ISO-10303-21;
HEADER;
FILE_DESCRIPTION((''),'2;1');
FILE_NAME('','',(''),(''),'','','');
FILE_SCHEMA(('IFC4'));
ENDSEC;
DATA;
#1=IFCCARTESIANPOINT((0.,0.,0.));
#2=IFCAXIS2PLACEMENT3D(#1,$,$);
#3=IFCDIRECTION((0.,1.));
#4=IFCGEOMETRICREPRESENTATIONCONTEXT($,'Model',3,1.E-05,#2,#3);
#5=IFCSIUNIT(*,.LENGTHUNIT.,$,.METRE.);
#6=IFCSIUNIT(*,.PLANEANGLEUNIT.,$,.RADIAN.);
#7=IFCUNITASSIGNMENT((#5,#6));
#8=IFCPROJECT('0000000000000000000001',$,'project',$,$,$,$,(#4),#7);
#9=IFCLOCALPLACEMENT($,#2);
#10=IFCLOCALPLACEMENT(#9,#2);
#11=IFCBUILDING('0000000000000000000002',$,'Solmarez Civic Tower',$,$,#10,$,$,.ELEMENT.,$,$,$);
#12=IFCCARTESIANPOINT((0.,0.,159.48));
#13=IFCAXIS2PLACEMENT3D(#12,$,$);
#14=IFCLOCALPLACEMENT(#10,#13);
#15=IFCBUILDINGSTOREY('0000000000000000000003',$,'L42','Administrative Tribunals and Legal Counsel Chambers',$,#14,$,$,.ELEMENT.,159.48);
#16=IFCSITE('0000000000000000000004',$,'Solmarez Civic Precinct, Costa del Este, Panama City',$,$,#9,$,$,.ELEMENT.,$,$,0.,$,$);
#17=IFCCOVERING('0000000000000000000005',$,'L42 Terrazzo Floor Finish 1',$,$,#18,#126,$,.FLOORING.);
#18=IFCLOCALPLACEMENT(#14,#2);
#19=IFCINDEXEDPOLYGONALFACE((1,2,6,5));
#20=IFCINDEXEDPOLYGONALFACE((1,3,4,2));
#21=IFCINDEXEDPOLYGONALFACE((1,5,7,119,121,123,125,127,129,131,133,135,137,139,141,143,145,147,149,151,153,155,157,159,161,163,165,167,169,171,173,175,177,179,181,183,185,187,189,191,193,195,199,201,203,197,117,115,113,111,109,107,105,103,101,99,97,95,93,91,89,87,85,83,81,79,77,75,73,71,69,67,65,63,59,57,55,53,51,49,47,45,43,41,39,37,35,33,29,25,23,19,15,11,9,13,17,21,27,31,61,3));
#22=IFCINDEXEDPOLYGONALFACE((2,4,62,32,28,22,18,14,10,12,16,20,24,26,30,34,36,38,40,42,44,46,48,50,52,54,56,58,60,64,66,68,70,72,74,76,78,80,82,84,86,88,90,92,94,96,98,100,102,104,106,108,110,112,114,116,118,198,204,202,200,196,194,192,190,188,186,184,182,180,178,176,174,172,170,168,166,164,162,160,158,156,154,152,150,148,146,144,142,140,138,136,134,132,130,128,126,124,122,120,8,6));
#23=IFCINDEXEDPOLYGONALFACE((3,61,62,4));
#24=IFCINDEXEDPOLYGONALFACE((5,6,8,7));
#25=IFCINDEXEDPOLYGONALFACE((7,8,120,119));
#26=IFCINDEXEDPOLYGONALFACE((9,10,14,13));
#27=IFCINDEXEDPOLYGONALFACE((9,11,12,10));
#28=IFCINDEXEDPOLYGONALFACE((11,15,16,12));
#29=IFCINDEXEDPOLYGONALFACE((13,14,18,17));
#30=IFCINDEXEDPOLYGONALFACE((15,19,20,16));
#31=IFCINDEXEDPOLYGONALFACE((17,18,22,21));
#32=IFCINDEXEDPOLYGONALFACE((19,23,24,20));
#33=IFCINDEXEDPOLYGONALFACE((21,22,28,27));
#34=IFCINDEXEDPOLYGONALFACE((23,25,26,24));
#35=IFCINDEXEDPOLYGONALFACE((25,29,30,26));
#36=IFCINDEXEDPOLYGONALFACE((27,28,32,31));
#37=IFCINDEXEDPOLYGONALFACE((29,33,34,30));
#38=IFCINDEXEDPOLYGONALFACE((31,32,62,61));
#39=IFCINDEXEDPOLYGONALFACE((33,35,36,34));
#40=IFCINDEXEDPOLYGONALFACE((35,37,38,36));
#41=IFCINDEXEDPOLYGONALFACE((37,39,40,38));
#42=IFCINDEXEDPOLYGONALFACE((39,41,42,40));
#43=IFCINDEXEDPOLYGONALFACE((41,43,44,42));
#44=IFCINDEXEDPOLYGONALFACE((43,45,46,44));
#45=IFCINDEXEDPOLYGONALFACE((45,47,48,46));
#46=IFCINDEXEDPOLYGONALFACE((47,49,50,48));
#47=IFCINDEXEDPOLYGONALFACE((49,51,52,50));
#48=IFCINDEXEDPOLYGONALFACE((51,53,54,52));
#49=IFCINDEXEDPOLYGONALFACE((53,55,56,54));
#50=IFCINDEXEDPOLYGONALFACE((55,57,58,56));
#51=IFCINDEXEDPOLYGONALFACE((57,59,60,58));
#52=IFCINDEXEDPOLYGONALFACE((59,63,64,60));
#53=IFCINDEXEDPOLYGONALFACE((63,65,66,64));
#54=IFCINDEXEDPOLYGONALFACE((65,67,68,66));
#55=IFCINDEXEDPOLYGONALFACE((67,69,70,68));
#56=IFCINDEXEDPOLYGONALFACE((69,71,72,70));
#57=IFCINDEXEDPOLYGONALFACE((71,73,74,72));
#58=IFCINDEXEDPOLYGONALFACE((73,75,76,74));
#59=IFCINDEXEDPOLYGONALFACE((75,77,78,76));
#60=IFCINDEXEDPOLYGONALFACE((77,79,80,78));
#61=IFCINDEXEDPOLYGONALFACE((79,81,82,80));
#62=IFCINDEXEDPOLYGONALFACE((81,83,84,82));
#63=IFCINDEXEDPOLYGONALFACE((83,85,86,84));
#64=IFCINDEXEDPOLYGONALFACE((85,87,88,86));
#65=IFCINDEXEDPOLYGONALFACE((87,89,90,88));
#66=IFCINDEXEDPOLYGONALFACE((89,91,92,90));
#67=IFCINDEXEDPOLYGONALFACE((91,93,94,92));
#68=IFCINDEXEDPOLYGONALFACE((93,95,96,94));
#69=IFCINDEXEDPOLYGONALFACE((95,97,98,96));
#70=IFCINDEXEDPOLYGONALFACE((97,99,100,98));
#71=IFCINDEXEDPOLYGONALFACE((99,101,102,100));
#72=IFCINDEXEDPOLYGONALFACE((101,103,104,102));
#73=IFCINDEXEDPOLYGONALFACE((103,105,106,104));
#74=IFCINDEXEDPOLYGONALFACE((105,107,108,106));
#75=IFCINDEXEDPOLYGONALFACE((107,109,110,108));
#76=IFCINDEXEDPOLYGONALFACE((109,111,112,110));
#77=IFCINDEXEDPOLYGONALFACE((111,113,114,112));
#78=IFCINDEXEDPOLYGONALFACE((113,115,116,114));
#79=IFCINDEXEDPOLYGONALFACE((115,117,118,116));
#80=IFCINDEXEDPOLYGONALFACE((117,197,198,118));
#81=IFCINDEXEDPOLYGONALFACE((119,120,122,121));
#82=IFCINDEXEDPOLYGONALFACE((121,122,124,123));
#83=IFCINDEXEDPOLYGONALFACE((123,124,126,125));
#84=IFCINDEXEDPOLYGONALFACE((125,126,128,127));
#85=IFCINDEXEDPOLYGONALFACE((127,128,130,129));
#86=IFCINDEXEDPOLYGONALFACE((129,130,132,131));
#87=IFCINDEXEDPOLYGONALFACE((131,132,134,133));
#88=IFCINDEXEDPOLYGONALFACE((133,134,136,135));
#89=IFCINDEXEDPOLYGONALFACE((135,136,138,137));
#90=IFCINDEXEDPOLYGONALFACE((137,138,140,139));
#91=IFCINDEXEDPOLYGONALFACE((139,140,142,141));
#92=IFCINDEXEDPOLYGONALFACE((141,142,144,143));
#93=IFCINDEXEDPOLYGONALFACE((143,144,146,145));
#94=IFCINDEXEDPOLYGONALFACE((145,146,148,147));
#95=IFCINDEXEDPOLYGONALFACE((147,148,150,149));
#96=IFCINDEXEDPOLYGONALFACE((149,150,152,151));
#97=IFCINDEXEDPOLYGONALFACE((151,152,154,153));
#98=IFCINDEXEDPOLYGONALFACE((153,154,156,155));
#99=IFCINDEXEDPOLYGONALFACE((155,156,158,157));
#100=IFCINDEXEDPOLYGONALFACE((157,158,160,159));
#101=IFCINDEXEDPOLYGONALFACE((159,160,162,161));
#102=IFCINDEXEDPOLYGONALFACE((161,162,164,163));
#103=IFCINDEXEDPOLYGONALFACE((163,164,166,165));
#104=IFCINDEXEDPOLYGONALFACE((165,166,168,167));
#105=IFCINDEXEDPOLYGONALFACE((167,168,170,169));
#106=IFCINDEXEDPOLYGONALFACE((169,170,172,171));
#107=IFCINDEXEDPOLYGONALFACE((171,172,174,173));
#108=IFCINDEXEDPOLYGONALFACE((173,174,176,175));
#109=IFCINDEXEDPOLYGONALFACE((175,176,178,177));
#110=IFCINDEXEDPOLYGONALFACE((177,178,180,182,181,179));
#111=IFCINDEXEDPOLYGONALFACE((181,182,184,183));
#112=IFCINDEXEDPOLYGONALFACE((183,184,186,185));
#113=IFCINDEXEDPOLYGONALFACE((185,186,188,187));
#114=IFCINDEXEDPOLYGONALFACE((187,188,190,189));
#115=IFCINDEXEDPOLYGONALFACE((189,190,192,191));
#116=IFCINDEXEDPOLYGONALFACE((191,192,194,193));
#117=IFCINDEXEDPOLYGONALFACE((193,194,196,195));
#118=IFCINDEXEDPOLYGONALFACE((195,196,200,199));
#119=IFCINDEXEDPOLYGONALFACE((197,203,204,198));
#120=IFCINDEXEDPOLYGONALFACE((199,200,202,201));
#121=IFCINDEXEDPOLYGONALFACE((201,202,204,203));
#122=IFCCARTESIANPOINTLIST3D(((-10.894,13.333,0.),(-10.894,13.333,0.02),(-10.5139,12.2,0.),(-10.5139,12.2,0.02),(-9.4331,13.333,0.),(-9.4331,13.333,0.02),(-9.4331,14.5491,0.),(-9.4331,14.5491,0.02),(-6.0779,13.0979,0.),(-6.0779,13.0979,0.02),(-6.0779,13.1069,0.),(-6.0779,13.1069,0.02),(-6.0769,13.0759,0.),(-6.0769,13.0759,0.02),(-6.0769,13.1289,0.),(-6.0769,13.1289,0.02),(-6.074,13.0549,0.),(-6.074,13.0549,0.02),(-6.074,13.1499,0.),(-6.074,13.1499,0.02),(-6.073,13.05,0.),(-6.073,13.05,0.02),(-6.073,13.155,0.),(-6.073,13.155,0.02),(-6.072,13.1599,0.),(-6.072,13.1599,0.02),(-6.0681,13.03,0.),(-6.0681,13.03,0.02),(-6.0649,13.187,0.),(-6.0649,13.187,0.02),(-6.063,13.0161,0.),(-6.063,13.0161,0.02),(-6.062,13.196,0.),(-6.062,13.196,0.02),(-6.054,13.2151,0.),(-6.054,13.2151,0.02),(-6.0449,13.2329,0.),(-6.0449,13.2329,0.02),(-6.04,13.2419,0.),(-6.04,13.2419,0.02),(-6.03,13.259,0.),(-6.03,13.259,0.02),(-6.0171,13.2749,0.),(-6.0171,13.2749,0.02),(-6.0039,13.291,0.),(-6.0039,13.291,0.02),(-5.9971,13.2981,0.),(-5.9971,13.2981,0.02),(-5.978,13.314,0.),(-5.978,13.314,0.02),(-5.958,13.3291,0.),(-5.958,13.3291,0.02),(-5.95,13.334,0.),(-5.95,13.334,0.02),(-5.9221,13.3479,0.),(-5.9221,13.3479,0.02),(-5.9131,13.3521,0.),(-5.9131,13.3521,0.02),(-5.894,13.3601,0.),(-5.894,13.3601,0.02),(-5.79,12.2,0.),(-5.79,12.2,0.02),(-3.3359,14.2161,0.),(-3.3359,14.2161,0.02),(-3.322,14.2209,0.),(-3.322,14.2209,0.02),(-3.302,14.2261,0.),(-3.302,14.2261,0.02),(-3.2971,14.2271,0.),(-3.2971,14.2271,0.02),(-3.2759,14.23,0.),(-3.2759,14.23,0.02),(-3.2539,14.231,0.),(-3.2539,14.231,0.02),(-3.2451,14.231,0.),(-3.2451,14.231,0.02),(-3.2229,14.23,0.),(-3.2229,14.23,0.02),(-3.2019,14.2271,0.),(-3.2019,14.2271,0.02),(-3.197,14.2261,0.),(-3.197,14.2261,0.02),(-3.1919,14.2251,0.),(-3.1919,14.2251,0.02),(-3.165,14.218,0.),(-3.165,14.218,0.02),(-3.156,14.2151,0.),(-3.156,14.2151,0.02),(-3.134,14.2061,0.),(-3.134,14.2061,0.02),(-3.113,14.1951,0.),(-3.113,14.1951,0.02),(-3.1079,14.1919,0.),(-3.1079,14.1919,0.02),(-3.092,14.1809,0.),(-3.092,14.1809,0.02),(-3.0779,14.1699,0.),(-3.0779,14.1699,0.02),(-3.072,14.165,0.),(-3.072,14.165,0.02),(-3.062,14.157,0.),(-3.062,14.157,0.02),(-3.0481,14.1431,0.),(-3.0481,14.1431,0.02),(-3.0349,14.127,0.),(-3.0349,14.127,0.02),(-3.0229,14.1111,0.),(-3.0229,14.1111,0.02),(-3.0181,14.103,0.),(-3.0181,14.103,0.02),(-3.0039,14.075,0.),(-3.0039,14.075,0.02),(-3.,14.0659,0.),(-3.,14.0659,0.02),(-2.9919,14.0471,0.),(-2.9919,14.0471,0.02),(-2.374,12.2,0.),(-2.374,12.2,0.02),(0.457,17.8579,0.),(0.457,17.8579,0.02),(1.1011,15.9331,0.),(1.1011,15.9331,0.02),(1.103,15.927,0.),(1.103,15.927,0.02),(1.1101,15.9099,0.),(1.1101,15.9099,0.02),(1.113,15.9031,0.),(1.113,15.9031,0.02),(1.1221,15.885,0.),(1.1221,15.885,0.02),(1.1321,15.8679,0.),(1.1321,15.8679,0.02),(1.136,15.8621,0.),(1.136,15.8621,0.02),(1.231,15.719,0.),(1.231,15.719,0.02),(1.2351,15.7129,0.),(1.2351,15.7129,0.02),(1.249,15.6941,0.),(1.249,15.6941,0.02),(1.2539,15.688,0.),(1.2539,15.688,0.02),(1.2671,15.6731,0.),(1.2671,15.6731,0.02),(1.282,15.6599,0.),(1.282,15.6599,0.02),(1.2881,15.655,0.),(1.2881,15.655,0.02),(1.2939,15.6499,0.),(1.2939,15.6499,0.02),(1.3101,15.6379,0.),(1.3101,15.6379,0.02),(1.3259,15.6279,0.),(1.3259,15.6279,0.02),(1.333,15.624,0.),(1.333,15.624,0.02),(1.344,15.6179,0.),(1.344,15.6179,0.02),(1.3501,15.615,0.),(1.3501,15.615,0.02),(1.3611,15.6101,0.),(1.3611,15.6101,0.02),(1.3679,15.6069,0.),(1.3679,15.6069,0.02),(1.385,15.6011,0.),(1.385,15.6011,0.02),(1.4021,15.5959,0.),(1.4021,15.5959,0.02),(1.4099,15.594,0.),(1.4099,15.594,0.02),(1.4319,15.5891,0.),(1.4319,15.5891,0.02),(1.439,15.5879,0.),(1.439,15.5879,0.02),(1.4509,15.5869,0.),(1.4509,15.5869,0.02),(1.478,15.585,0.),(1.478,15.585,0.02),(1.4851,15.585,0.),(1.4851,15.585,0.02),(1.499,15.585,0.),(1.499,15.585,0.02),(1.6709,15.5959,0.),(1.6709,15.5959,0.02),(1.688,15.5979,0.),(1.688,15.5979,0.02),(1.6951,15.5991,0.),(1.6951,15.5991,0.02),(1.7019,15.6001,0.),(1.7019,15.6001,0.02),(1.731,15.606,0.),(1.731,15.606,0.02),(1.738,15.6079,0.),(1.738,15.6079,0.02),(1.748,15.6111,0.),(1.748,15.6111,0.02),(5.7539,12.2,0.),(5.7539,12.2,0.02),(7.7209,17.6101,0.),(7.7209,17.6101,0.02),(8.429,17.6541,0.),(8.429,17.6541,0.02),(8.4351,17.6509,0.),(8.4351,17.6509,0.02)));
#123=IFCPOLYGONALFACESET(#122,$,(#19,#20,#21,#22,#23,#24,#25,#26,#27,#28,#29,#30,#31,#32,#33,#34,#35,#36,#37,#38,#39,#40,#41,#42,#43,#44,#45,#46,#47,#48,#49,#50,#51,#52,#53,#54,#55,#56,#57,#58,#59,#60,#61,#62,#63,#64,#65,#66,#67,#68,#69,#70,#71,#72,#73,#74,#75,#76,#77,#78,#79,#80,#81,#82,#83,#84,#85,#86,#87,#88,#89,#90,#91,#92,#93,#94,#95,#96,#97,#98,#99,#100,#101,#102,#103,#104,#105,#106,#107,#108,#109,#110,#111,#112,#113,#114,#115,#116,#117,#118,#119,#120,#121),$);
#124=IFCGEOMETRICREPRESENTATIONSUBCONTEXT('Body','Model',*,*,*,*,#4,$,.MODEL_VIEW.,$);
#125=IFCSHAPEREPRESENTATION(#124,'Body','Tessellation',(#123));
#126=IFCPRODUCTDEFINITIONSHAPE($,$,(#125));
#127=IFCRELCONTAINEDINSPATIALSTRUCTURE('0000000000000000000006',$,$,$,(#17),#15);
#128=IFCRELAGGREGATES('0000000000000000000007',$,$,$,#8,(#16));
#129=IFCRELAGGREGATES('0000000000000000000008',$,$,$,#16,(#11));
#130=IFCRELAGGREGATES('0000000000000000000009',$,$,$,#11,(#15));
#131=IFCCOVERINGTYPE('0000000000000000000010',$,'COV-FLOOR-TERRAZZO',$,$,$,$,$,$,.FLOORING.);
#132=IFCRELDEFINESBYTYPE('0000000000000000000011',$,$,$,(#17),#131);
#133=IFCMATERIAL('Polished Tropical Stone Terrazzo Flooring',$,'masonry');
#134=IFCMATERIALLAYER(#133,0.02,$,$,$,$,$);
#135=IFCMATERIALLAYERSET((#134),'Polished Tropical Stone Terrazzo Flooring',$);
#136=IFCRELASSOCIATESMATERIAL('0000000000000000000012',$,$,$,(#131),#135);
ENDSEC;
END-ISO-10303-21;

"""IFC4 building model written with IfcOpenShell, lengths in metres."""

from ifc_helpers import new_model, si_unit, direction, frame, origin, place, context, subcontext, project, spatial, polyline, outline, extrude, material, layer, layer_set, type_object, element, save


model = new_model("IFC4")

# Units and contexts
model_context = context("Model", 3, precision=1e-05, world=origin(), true_north=direction((0.0, 1.0)))
body_context = subcontext(model_context, "Body", "Model", "MODEL_VIEW")
ifc_project = project(units=[si_unit("LENGTHUNIT", "METRE"), si_unit("PLANEANGLEUNIT", "RADIAN")], contexts=[model_context])

# Site, building, storey
site_placement = place(None, origin())
site = spatial("IfcSite", under=ifc_project, at=site_placement, Name="Solmarez Civic Precinct, Costa del Este, Panama City", CompositionType="ELEMENT", RefElevation=0.0)
building_placement = place(site_placement, origin())
building = spatial("IfcBuilding", under=site, at=building_placement, Name="Solmarez Civic Tower", CompositionType="ELEMENT")
storey_placement = place(building_placement, frame((0.0, 0.0, 159.48)))
storey = spatial("IfcBuildingStorey", under=building, at=storey_placement, Name="L42", Description="Administrative Tribunals and Legal Counsel Chambers", CompositionType="ELEMENT", Elevation=159.48)

# Covering
ifc_material_1 = material(Name="Polished Tropical Stone Terrazzo Flooring", Category="masonry")
ifc_layer_1 = layer(ifc_material_1, 0.02)
ifc_layer_set_1 = layer_set([ifc_layer_1], Name="Polished Tropical Stone Terrazzo Flooring")
covering_type_1 = type_object("IfcCoveringType", Name="COV-FLOOR-TERRAZZO", PredefinedType="FLOORING", material=ifc_layer_set_1)
covering_1_placement = place(storey_placement, origin())
element("IfcCovering", 1, at=covering_1_placement, inside=storey, type_object=covering_type_1, Name="L42 Terrazzo Floor Finish 1", PredefinedType="FLOORING", context=body_context, shape_type="SweptSolid", body=[
    extrude(outline(polyline([(-9.4331, 14.5491), (-9.4331, 13.333), (-10.894, 13.333), (-10.5139, 12.2), (-5.79, 12.2), (-6.063, 13.0161), (-6.0681, 13.03), (-6.073, 13.05), (-6.074, 13.0549), (-6.0769, 13.0759), (-6.0779, 13.0979), (-6.0779, 13.1069), (-6.0769, 13.1289), (-6.074, 13.1499), (-6.073, 13.155), (-6.072, 13.1599), (-6.0649, 13.187), (-6.062, 13.196), (-6.054, 13.2151), (-6.0449, 13.2329), (-6.04, 13.2419), (-6.03, 13.259), (-6.0171, 13.2749), (-6.0039, 13.291), (-5.9971, 13.2981), (-5.978, 13.314), (-5.958, 13.3291), (-5.95, 13.334), (-5.9221, 13.3479), (-5.9131, 13.3521), (-5.894, 13.3601), (-3.3359, 14.2161), (-3.322, 14.2209), (-3.302, 14.2261), (-3.2971, 14.2271), (-3.2759, 14.23), (-3.2539, 14.231), (-3.2451, 14.231), (-3.2229, 14.23), (-3.2019, 14.2271), (-3.197, 14.2261), (-3.1919, 14.2251), (-3.165, 14.218), (-3.156, 14.2151), (-3.134, 14.2061), (-3.113, 14.1951), (-3.1079, 14.1919), (-3.092, 14.1809), (-3.0779, 14.1699), (-3.072, 14.165), (-3.062, 14.157), (-3.0481, 14.1431), (-3.0349, 14.127), (-3.0229, 14.1111), (-3.0181, 14.103), (-3.0039, 14.075), (-3.0, 14.0659), (-2.9919, 14.0471), (-2.374, 12.2), (5.7539, 12.2), (8.4351, 17.6509), (8.429, 17.6541), (7.7209, 17.6101), (1.748, 15.6111), (1.738, 15.6079), (1.731, 15.606), (1.7019, 15.6001), (1.6951, 15.5991), (1.688, 15.5979), (1.6709, 15.5959), (1.499, 15.585), (1.4851, 15.585), (1.478, 15.585), (1.4509, 15.5869), (1.439, 15.5879), (1.4319, 15.5891), (1.4099, 15.594), (1.4021, 15.5959), (1.385, 15.6011), (1.3679, 15.6069), (1.3611, 15.6101), (1.3501, 15.615), (1.344, 15.6179), (1.333, 15.624), (1.3259, 15.6279), (1.3101, 15.6379), (1.2939, 15.6499), (1.2881, 15.655), (1.282, 15.6599), (1.2671, 15.6731), (1.2539, 15.688), (1.249, 15.6941), (1.2351, 15.7129), (1.231, 15.719), (1.136, 15.8621), (1.1321, 15.8679), (1.1221, 15.885), (1.113, 15.9031), (1.1101, 15.9099), (1.103, 15.927), (1.1011, 15.9331), (0.457, 17.8579), (-9.4331, 14.5491)])), origin(), (0.0, 0.0, 1.0), 0.02),
])

save(model, "model.ifc")
